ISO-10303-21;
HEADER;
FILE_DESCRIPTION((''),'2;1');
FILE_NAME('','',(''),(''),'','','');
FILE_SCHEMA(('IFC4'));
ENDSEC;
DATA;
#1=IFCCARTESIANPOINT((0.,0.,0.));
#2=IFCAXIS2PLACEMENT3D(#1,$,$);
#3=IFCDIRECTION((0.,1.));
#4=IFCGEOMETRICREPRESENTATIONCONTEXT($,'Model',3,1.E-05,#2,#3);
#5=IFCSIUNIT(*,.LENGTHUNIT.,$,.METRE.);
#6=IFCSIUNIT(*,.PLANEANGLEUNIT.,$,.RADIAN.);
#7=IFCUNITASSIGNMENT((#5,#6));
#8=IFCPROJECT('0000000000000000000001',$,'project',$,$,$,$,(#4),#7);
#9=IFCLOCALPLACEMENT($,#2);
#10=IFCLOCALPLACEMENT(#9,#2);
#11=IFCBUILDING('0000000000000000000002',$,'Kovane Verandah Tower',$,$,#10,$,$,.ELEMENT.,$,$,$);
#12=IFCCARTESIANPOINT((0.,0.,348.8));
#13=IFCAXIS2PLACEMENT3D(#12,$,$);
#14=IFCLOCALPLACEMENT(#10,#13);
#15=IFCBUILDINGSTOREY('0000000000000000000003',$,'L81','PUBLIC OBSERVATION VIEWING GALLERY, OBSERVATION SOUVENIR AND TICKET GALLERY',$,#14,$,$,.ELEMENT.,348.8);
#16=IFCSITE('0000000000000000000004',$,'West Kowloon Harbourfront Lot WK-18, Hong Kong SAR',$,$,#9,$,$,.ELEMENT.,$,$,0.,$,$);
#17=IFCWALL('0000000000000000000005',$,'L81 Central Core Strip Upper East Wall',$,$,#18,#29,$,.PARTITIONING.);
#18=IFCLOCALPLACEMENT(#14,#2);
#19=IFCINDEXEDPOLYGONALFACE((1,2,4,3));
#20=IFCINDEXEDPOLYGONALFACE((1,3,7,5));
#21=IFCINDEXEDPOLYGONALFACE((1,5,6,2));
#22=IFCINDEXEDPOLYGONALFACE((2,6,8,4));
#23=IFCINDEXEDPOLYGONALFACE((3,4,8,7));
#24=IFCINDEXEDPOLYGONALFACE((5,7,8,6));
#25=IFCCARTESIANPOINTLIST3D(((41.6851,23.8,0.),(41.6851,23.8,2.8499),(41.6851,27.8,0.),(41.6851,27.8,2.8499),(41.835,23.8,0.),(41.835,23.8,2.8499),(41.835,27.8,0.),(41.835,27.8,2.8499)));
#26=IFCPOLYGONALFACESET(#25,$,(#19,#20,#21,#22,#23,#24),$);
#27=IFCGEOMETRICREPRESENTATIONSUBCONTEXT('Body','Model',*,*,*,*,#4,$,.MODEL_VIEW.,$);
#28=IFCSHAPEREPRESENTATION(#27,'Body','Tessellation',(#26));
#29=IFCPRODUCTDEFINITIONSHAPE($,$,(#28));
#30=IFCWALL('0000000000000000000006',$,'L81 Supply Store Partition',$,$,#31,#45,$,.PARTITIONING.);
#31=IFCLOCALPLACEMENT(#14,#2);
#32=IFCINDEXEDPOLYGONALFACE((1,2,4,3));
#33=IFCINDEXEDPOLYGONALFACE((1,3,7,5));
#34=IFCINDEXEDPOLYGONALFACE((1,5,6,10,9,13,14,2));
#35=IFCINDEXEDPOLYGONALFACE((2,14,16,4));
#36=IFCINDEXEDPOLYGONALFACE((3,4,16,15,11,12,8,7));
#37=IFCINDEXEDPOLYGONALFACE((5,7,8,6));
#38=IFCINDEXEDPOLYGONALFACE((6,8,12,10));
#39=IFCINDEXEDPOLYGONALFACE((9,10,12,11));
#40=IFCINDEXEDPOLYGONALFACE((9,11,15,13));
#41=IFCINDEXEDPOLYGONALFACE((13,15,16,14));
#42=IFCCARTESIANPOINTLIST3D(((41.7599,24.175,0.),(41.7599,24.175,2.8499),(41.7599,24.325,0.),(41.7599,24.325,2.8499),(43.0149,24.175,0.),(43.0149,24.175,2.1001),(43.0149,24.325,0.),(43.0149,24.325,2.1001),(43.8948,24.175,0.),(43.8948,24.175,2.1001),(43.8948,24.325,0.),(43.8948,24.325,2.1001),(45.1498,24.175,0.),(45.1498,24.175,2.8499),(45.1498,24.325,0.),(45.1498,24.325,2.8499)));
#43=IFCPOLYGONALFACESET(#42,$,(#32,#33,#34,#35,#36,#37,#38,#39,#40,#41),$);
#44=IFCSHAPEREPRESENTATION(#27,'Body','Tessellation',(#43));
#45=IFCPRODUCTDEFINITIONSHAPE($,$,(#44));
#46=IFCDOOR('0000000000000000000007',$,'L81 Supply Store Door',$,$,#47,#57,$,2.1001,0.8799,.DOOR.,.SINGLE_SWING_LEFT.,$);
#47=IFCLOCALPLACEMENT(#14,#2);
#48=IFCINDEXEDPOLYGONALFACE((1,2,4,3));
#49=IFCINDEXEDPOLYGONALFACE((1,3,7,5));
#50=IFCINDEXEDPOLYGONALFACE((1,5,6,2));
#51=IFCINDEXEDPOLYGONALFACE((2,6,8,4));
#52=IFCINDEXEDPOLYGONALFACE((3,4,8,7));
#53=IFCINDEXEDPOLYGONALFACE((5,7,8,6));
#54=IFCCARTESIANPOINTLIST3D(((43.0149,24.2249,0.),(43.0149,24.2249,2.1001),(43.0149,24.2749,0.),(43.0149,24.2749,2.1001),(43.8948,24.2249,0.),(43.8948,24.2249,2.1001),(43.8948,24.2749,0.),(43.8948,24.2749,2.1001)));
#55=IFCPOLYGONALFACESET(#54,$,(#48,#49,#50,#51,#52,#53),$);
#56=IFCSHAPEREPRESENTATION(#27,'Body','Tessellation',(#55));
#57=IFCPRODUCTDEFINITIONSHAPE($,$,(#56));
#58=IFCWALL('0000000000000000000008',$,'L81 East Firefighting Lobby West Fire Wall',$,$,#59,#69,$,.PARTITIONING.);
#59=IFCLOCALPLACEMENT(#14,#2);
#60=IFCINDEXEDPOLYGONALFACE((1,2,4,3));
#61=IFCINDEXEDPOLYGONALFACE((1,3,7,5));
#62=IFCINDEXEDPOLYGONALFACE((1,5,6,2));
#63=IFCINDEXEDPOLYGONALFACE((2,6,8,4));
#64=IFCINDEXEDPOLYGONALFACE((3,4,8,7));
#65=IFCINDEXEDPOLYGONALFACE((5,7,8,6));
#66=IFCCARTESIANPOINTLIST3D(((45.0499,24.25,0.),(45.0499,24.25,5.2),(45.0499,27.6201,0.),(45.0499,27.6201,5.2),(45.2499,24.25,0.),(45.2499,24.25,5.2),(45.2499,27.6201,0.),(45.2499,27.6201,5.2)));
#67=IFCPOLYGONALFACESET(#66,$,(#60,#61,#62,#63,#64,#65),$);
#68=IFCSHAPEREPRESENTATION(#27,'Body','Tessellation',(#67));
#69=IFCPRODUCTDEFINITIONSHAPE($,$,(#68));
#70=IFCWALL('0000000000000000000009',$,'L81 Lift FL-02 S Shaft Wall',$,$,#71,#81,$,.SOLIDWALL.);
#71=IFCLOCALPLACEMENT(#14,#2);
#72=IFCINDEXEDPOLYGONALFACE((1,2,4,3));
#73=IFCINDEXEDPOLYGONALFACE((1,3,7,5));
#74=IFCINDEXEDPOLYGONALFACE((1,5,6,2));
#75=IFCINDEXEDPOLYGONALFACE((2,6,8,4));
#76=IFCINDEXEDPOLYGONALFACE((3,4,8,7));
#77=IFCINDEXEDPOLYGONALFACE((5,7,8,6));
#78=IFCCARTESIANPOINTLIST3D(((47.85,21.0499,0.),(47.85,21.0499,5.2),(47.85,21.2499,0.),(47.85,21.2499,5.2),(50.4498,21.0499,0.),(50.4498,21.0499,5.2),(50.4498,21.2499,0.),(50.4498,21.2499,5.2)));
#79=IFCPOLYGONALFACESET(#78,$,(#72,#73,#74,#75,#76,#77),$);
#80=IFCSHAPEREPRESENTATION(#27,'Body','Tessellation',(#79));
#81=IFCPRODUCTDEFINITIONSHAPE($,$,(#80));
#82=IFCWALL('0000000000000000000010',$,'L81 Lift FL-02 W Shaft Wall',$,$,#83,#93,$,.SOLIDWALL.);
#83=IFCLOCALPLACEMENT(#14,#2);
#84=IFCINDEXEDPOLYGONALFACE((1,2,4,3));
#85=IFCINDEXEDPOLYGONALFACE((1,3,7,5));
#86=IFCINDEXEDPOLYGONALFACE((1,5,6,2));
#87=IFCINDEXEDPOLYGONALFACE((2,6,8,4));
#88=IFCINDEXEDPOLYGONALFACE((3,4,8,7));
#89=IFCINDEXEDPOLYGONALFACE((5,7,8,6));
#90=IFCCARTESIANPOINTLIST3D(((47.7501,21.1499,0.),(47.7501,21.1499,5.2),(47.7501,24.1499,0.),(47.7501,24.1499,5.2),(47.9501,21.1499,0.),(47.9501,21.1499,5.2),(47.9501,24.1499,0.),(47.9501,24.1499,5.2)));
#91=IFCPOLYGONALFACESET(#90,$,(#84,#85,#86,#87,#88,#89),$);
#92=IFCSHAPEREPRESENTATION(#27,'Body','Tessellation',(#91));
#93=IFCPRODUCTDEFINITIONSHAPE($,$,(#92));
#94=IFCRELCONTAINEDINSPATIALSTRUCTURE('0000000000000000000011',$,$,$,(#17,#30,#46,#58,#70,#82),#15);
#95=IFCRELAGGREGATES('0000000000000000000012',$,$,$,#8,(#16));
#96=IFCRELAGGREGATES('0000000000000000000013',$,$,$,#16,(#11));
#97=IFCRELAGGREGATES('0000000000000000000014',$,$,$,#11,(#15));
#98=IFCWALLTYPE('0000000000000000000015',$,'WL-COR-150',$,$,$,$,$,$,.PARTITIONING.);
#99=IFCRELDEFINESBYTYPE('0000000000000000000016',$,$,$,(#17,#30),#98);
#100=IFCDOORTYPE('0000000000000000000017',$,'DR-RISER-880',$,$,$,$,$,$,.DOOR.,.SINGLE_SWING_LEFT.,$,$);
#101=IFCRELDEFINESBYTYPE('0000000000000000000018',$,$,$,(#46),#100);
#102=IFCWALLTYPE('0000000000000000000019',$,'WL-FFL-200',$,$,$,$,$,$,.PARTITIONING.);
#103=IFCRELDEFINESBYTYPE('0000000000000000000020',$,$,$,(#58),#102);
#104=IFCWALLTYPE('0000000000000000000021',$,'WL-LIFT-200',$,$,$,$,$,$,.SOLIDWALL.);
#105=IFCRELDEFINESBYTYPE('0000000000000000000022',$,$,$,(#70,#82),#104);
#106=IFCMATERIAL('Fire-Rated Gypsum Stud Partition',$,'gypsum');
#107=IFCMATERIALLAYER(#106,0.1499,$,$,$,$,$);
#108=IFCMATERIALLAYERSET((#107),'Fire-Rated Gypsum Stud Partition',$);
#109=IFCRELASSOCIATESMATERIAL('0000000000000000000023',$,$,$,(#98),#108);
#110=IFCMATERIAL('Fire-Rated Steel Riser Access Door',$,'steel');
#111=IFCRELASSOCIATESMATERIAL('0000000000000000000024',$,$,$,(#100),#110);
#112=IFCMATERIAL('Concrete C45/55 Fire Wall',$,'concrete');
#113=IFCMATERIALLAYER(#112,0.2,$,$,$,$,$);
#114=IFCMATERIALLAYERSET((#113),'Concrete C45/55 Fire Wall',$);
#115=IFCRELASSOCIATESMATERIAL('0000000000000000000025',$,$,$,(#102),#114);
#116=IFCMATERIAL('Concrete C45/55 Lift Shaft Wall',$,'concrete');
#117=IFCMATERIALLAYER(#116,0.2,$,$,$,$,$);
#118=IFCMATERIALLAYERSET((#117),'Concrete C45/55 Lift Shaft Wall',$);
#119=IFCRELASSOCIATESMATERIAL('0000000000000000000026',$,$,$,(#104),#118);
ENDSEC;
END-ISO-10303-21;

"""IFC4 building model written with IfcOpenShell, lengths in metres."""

from ifc_helpers import new_model, si_unit, direction, frame, frame_2d, origin, place, context, subcontext, project, spatial, rectangle, extrude, material, layer, layer_set, type_object, element, fill, save


model = new_model("IFC4")

# Units and contexts
model_context = context("Model", 3, precision=1e-05, world=origin(), true_north=direction((0.0, 1.0)))
body_context = subcontext(model_context, "Body", "Model", "MODEL_VIEW")
ifc_project = project(units=[si_unit("LENGTHUNIT", "METRE"), si_unit("PLANEANGLEUNIT", "RADIAN")], contexts=[model_context])

# Site, building, storey
site_placement = place(None, origin())
site = spatial("IfcSite", under=ifc_project, at=site_placement, Name="West Kowloon Harbourfront Lot WK-18, Hong Kong SAR", CompositionType="ELEMENT", RefElevation=0.0)
building_placement = place(site_placement, origin())
building = spatial("IfcBuilding", under=site, at=building_placement, Name="Kovane Verandah Tower", CompositionType="ELEMENT")
storey_placement = place(building_placement, frame((0.0, 0.0, 348.8)))
storey = spatial("IfcBuildingStorey", under=building, at=storey_placement, Name="L81", Description="PUBLIC OBSERVATION VIEWING GALLERY, OBSERVATION SOUVENIR AND TICKET GALLERY", CompositionType="ELEMENT", Elevation=348.8)

# Wall
ifc_material_1 = material(Name="Fire-Rated Gypsum Stud Partition", Category="gypsum")
ifc_layer_1 = layer(ifc_material_1, 0.1499)
ifc_layer_set_1 = layer_set([ifc_layer_1], Name="Fire-Rated Gypsum Stud Partition")
wall_type_1 = type_object("IfcWallType", Name="WL-COR-150", PredefinedType="PARTITIONING", material=ifc_layer_set_1)
wall_1_placement = place(storey_placement, frame((41.76, 23.8, 0.0), z_axis=(0.0, 0.0, 1.0), x_axis=(0.0, 1.0, 0.0)))
element("IfcWall", 1, at=wall_1_placement, inside=storey, type_object=wall_type_1, Name="L81 Central Core Strip Upper East Wall", PredefinedType="PARTITIONING", context=body_context, shape_type="SweptSolid", body=[
    extrude(rectangle(XDim=4.0, YDim=0.1499, at=frame_2d((2.0, 0.0))), origin(), (0.0, 0.0, 1.0), 2.8499),
])

# Wall, opening, door
wall_2_placement = place(storey_placement, frame((41.76, 24.25, 0.0), z_axis=(0.0, 0.0, 1.0), x_axis=(1.0, 0.0, 0.0)))
wall_2 = element("IfcWall", 2, at=wall_2_placement, inside=storey, type_object=wall_type_1, Name="L81 Supply Store Partition", PredefinedType="PARTITIONING", context=body_context, shape_type="SweptSolid", body=[
    extrude(rectangle(XDim=3.3899, YDim=0.1499, at=frame_2d((1.6948, 0.0))), origin(), (0.0, 0.0, 1.0), 2.8499),
])
opening_1_placement = place(wall_2_placement, frame((1.2549, 0.0, 0.0)))
opening_1 = element("IfcOpeningElement", 3, at=opening_1_placement, cuts=wall_2, PredefinedType="OPENING", context=body_context, shape_type="SweptSolid", body=[
    extrude(rectangle(XDim=0.8799, YDim=2.1001, at=frame_2d((0.4399, 1.05))), frame((0.0, 0.075, 0.0), z_axis=(0.0, -1.0, 0.0), x_axis=(1.0, 0.0, 0.0)), (0.0, 0.0, 1.0), 0.1499),
])
ifc_material_2 = material(Name="Fire-Rated Steel Riser Access Door", Category="steel")
door_type_1 = type_object("IfcDoorType", Name="DR-RISER-880", OperationType="SINGLE_SWING_LEFT", PredefinedType="DOOR", material=ifc_material_2)
door_1_placement = place(opening_1_placement, origin())
door_1 = element("IfcDoor", 4, at=door_1_placement, inside=storey, type_object=door_type_1, Name="L81 Supply Store Door", OperationType="SINGLE_SWING_LEFT", OverallHeight=2.1001, OverallWidth=0.8799, PredefinedType="DOOR", context=body_context, shape_type="SweptSolid", body=[
    extrude(rectangle(XDim=0.8799, YDim=2.1001, at=frame_2d((0.4399, 1.05))), frame((0.0, 0.0249, 0.0), z_axis=(0.0, -1.0, 0.0), x_axis=(1.0, 0.0, 0.0)), (0.0, 0.0, 1.0), 0.05),
])
fill(opening_1, door_1)

# Wall
ifc_material_3 = material(Name="Concrete C45/55 Fire Wall", Category="concrete")
ifc_layer_2 = layer(ifc_material_3, 0.2)
ifc_layer_set_2 = layer_set([ifc_layer_2], Name="Concrete C45/55 Fire Wall")
wall_type_2 = type_object("IfcWallType", Name="WL-FFL-200", PredefinedType="PARTITIONING", material=ifc_layer_set_2)
wall_3_placement = place(storey_placement, frame((45.1499, 24.25, 0.0), z_axis=(0.0, 0.0, 1.0), x_axis=(0.0, 1.0, 0.0)))
element("IfcWall", 5, at=wall_3_placement, inside=storey, type_object=wall_type_2, Name="L81 East Firefighting Lobby West Fire Wall", PredefinedType="PARTITIONING", context=body_context, shape_type="SweptSolid", body=[
    extrude(rectangle(XDim=3.3701, YDim=0.2, at=frame_2d((1.6851, 0.0))), origin(), (0.0, 0.0, 1.0), 5.2),
])

# Wall
ifc_material_4 = material(Name="Concrete C45/55 Lift Shaft Wall", Category="concrete")
ifc_layer_3 = layer(ifc_material_4, 0.2)
ifc_layer_set_3 = layer_set([ifc_layer_3], Name="Concrete C45/55 Lift Shaft Wall")
wall_type_3 = type_object("IfcWallType", Name="WL-LIFT-200", PredefinedType="SOLIDWALL", material=ifc_layer_set_3)
wall_4_placement = place(storey_placement, frame((47.8501, 21.1499, 0.0), z_axis=(0.0, 0.0, 1.0), x_axis=(1.0, 0.0, 0.0)))
element("IfcWall", 6, at=wall_4_placement, inside=storey, type_object=wall_type_3, Name="L81 Lift FL-02 S Shaft Wall", PredefinedType="SOLIDWALL", context=body_context, shape_type="SweptSolid", body=[
    extrude(rectangle(XDim=2.5999, YDim=0.2, at=frame_2d((1.2998, 0.0))), origin(), (0.0, 0.0, 1.0), 5.2),
])

# Wall
wall_5_placement = place(storey_placement, frame((47.8501, 24.1499, 0.0), z_axis=(0.0, 0.0, 1.0), x_axis=(0.0, -1.0, 0.0)))
element("IfcWall", 7, at=wall_5_placement, inside=storey, type_object=wall_type_3, Name="L81 Lift FL-02 W Shaft Wall", PredefinedType="SOLIDWALL", context=body_context, shape_type="SweptSolid", body=[
    extrude(rectangle(XDim=3.0, YDim=0.2, at=frame_2d((1.5, 0.0))), origin(), (0.0, 0.0, 1.0), 5.2),
])

save(model, "model.ifc")
